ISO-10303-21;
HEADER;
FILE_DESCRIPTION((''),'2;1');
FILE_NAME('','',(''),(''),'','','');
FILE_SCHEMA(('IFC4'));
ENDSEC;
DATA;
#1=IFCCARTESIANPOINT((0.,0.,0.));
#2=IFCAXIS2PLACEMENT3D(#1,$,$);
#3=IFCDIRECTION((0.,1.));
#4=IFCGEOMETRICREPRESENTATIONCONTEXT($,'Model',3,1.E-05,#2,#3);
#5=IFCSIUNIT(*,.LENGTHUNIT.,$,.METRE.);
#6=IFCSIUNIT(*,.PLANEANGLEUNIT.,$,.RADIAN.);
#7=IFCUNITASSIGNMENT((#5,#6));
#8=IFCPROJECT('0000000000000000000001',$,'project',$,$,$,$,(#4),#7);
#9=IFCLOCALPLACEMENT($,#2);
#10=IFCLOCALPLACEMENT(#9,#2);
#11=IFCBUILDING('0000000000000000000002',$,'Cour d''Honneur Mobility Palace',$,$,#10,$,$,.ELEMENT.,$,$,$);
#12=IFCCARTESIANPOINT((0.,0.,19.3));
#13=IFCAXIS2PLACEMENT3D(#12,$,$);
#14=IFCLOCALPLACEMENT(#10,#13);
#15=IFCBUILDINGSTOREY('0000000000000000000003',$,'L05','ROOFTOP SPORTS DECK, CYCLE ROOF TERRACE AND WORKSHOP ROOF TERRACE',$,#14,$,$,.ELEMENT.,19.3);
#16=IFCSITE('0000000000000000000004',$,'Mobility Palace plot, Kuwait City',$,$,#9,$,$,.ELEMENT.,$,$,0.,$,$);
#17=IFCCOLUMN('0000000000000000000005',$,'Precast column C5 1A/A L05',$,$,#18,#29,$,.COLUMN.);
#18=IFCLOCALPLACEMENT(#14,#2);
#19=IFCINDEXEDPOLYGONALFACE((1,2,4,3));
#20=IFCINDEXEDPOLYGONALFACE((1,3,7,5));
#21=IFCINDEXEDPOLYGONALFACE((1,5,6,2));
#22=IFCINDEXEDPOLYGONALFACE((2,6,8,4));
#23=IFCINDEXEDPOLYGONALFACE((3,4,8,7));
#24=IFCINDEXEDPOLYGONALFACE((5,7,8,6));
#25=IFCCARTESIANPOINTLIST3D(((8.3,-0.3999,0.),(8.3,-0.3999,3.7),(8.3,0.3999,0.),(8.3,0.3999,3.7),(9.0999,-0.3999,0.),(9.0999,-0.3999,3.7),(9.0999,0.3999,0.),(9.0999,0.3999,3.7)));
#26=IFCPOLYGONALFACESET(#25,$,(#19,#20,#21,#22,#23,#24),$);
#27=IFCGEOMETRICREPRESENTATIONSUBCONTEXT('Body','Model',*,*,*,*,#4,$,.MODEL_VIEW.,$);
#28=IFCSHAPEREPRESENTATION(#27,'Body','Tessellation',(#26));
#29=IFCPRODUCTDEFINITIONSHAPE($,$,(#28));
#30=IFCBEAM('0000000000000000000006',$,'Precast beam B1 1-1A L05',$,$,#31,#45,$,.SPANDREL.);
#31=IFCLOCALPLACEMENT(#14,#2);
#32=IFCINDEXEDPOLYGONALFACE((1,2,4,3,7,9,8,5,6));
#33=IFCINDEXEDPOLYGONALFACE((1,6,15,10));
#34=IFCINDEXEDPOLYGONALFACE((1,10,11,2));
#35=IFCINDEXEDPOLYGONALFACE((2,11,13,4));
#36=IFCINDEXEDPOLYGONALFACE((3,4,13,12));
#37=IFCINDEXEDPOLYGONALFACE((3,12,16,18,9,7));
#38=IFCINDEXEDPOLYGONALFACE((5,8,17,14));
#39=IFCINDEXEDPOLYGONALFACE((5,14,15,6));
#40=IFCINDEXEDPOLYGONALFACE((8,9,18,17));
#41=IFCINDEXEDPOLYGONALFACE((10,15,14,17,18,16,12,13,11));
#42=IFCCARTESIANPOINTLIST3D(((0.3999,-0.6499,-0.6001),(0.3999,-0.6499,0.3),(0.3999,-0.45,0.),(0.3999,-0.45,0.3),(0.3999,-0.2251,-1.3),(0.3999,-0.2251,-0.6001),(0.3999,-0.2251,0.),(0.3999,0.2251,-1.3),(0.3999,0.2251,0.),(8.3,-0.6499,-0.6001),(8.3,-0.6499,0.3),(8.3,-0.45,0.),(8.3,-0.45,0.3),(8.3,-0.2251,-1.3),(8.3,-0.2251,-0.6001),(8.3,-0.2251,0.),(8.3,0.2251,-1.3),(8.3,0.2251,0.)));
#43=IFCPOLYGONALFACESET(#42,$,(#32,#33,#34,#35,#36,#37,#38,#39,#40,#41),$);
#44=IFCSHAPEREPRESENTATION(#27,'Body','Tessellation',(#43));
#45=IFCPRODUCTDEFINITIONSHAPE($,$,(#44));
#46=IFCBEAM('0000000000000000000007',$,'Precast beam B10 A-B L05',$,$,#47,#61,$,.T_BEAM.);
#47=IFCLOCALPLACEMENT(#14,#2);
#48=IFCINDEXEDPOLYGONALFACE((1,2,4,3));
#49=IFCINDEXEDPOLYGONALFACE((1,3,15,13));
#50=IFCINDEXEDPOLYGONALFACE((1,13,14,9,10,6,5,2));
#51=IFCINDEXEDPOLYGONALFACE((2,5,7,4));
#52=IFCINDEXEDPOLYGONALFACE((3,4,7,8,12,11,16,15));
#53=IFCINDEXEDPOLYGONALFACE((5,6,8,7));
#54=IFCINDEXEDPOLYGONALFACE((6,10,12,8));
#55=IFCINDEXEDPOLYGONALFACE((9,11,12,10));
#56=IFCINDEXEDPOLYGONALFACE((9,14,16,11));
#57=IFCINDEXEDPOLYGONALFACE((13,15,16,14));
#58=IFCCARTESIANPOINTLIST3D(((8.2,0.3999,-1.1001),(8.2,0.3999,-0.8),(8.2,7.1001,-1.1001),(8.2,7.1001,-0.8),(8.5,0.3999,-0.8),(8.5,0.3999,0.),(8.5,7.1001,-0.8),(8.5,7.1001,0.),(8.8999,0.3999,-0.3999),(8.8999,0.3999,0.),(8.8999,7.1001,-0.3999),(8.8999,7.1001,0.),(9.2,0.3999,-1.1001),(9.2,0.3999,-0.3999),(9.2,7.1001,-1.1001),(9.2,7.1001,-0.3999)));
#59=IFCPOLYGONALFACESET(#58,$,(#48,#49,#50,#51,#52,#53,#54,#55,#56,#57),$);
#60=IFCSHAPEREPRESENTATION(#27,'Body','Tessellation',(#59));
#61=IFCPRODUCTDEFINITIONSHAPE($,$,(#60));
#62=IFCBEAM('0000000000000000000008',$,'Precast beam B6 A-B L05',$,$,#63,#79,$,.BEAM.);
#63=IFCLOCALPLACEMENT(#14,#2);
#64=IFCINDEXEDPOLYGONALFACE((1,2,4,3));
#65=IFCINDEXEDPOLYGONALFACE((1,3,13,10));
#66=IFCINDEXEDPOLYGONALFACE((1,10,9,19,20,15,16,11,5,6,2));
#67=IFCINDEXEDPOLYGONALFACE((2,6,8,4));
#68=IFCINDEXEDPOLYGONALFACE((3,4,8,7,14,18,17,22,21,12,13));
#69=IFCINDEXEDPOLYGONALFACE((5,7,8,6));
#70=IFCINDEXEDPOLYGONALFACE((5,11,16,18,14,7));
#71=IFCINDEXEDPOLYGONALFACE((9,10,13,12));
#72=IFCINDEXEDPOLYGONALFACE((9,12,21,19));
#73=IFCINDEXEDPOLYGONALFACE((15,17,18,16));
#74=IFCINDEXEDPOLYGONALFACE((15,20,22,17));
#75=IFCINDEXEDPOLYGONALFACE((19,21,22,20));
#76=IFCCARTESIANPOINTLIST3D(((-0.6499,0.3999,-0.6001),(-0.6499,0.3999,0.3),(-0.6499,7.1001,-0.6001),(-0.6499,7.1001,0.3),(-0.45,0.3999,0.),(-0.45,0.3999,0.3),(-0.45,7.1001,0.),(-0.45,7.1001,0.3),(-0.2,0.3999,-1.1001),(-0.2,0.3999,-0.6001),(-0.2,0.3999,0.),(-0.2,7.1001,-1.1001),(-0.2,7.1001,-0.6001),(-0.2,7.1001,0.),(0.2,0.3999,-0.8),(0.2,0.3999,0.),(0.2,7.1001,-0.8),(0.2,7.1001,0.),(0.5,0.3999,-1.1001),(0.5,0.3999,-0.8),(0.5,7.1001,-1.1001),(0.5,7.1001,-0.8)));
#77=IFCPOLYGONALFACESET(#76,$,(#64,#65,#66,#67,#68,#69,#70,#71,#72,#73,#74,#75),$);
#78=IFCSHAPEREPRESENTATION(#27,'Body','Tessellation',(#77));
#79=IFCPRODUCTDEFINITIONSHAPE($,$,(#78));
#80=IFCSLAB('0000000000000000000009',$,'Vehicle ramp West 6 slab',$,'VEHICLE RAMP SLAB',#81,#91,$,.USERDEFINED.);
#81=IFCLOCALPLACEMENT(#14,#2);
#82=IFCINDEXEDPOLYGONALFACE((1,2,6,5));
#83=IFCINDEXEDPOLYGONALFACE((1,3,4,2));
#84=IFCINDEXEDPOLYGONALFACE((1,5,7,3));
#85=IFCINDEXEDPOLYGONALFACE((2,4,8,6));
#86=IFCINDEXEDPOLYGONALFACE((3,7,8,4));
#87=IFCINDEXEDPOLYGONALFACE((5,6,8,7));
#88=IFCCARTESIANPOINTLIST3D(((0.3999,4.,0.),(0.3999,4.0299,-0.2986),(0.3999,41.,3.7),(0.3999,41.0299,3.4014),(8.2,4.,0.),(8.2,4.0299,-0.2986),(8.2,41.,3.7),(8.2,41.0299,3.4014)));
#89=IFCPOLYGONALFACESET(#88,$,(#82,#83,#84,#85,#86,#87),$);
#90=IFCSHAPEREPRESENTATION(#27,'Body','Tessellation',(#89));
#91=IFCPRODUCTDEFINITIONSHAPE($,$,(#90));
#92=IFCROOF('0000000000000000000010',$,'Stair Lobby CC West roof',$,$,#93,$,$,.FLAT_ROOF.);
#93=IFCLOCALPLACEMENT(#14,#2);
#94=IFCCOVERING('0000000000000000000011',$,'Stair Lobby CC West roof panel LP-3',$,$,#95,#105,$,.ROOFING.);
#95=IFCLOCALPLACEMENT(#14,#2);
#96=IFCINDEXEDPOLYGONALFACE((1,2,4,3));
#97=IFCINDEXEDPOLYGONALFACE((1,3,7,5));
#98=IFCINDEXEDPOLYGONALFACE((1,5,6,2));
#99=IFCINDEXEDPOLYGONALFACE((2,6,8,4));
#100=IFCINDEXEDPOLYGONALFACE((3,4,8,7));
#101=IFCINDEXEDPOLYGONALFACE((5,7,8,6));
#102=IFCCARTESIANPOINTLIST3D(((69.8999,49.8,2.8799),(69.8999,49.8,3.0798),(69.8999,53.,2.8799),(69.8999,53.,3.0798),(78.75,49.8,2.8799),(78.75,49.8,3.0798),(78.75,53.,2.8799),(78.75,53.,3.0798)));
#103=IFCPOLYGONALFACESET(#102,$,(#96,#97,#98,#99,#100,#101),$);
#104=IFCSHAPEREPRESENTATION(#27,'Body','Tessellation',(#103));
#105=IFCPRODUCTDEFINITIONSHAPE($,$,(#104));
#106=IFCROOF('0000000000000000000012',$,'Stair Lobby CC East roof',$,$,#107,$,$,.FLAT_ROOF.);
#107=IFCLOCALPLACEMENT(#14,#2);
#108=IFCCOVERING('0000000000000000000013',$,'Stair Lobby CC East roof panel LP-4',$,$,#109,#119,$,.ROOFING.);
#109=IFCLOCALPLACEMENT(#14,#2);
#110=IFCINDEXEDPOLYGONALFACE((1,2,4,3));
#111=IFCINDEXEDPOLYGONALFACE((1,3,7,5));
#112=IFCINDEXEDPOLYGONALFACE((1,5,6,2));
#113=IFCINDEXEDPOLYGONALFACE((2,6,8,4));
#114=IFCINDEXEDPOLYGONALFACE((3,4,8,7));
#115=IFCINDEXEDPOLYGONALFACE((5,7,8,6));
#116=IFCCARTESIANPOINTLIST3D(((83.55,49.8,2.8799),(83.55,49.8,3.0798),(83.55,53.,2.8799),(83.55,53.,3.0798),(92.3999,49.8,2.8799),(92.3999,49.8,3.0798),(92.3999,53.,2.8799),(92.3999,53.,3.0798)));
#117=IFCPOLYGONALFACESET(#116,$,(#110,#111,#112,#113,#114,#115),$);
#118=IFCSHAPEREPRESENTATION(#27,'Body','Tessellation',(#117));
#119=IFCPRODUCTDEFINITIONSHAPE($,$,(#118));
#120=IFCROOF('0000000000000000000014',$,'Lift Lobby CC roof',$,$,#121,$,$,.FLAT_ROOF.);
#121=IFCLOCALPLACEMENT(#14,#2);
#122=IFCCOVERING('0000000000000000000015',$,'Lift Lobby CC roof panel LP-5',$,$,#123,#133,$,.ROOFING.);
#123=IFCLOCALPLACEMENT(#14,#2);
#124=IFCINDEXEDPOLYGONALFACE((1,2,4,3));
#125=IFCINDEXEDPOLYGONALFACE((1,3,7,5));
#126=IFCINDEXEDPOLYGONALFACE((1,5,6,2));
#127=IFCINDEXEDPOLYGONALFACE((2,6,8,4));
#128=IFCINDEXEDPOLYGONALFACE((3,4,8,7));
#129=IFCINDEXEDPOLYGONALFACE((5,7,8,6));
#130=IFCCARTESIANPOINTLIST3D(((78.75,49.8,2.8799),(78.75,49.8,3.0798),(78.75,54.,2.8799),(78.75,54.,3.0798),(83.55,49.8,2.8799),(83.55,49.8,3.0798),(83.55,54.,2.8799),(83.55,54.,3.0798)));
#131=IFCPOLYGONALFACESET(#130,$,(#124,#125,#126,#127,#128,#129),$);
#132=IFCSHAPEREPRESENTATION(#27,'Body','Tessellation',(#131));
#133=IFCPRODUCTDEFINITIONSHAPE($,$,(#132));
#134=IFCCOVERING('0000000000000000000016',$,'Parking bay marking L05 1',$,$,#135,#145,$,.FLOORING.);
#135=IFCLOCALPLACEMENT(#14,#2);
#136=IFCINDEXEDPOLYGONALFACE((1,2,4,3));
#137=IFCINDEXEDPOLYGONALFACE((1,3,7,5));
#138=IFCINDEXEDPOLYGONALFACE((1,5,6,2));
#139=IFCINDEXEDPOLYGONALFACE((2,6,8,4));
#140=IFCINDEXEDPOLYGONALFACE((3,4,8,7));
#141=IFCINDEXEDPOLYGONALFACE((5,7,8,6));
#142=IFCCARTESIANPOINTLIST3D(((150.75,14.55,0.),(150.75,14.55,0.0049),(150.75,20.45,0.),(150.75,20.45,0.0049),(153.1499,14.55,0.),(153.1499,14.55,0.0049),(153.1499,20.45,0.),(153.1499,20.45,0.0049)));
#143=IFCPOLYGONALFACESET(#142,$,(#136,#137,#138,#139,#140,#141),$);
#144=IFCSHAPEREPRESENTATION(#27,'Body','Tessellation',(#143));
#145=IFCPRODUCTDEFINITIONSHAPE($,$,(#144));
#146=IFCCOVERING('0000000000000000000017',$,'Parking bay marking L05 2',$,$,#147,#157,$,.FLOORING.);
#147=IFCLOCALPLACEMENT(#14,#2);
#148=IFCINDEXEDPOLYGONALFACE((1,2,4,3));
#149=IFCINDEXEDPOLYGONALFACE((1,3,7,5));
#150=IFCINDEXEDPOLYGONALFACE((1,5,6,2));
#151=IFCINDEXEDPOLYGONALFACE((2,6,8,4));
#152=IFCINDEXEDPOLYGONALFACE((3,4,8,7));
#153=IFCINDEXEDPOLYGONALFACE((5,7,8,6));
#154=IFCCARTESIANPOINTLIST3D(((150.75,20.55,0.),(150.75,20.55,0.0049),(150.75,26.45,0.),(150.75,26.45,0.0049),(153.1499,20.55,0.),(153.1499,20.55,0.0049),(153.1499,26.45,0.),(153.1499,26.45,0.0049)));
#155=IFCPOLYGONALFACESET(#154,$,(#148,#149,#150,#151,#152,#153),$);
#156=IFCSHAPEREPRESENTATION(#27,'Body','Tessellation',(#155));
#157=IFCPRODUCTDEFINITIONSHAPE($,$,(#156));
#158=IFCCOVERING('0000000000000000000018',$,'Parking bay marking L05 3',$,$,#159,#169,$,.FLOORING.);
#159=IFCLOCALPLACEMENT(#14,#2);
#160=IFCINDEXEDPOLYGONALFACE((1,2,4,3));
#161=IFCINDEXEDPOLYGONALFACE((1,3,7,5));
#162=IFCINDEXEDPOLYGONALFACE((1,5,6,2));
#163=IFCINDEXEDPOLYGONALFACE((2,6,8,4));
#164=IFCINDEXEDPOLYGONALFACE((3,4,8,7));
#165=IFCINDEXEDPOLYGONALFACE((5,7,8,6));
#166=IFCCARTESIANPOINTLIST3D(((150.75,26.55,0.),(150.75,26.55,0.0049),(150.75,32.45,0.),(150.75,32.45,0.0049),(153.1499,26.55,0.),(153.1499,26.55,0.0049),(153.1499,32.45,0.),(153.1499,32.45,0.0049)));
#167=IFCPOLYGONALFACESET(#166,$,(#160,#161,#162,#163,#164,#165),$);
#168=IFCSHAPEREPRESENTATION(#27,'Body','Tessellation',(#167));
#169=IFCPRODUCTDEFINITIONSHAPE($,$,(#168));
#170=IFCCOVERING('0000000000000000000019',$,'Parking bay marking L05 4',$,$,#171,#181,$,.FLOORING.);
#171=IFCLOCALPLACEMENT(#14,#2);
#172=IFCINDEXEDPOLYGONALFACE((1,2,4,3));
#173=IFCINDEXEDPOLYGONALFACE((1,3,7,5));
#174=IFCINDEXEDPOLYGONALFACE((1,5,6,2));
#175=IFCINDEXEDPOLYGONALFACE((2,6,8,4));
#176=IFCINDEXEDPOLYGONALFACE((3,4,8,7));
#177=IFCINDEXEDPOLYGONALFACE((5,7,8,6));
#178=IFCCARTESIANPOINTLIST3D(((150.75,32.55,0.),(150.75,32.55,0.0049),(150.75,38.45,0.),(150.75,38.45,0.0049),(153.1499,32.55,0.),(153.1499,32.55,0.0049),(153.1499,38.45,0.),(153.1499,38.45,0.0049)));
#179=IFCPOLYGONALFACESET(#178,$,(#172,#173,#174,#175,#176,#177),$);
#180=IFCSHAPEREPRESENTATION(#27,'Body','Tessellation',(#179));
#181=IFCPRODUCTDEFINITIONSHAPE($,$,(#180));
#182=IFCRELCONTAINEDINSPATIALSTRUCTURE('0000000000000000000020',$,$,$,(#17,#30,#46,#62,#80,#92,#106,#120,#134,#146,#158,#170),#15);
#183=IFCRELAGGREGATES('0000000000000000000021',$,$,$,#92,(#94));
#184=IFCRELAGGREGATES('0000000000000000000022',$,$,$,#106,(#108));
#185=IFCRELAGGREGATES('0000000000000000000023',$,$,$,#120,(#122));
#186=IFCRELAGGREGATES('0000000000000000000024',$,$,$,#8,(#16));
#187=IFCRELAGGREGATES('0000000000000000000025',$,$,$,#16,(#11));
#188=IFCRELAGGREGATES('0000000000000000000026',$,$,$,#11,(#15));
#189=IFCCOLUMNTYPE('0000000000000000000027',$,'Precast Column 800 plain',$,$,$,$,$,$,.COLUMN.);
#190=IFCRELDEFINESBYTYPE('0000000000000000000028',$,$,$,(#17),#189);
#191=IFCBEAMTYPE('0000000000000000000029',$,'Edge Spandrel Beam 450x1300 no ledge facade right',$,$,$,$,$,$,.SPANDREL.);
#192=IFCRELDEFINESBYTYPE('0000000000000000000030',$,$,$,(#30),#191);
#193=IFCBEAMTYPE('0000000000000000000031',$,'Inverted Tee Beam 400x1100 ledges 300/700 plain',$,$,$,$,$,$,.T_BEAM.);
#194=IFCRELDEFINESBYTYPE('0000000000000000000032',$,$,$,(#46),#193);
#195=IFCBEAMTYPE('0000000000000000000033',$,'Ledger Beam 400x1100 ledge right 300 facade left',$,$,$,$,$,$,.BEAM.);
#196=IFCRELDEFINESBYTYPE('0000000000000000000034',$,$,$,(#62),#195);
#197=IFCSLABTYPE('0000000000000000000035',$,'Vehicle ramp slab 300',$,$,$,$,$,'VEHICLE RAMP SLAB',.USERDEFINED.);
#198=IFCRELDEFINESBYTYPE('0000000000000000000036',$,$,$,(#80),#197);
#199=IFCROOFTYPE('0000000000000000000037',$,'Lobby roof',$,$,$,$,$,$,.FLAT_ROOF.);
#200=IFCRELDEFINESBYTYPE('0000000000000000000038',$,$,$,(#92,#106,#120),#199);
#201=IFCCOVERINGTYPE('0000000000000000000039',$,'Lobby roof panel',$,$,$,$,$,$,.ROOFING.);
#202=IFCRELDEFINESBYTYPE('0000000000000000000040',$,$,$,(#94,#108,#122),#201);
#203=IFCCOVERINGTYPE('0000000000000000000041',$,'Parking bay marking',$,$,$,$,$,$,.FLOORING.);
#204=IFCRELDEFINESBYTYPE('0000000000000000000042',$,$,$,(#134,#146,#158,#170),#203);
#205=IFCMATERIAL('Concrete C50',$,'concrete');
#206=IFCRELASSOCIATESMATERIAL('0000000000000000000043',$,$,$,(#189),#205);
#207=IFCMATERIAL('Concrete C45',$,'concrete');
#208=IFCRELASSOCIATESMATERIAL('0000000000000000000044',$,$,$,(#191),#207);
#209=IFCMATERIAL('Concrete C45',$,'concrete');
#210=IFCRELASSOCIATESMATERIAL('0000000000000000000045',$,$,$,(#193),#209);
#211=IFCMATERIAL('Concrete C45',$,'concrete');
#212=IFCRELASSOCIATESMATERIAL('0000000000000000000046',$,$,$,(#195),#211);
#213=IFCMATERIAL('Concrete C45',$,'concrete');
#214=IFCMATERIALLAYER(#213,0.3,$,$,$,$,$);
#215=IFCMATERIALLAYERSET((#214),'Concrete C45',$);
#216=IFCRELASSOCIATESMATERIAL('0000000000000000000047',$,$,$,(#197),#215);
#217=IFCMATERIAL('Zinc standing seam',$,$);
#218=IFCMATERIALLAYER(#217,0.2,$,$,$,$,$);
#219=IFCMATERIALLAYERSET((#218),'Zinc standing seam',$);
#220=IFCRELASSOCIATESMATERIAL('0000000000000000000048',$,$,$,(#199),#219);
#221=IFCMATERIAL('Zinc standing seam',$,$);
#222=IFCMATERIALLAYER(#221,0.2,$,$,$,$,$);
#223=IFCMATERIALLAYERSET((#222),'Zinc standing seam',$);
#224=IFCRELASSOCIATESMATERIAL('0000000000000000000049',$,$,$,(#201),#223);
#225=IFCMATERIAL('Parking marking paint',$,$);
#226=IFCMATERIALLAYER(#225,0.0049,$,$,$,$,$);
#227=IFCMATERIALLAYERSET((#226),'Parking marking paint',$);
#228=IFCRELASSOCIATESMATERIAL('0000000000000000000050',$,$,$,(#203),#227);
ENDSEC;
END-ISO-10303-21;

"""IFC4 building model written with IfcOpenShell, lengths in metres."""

from ifc_helpers import new_model, si_unit, direction, frame, origin, place, context, subcontext, project, spatial, polyline, outline, extrude, material, layer, layer_set, material_profile, profile_set, type_object, element, aggregate, save


model = new_model("IFC4")

# Units and contexts
model_context = context("Model", 3, precision=1e-05, world=origin(), true_north=direction((0.0, 1.0)))
body_context = subcontext(model_context, "Body", "Model", "MODEL_VIEW")
ifc_project = project(units=[si_unit("LENGTHUNIT", "METRE"), si_unit("PLANEANGLEUNIT", "RADIAN")], contexts=[model_context])

# Site, building, storey
site_placement = place(None, origin())
site = spatial("IfcSite", under=ifc_project, at=site_placement, Name="Mobility Palace plot, Kuwait City", CompositionType="ELEMENT", RefElevation=0.0)
building_placement = place(site_placement, origin())
building = spatial("IfcBuilding", under=site, at=building_placement, Name="Cour d'Honneur Mobility Palace", CompositionType="ELEMENT")
storey_placement = place(building_placement, frame((0.0, 0.0, 19.3)))
storey = spatial("IfcBuildingStorey", under=building, at=storey_placement, Name="L05", Description="ROOFTOP SPORTS DECK, CYCLE ROOF TERRACE AND WORKSHOP ROOF TERRACE", CompositionType="ELEMENT", Elevation=19.3)

# Column
ifc_material_1 = material(Name="Concrete C50", Category="concrete")
ifc_material_profile_1 = material_profile(ifc_material_1, outline(polyline([(-0.3999, -0.3999), (0.3999, -0.3999), (0.3999, 0.3999), (-0.3999, 0.3999), (-0.3999, -0.3999)])), Name="PC C800 plain")
ifc_profile_set_1 = profile_set([ifc_material_profile_1], Name="Concrete C50")
column_type = type_object("IfcColumnType", Name="Precast Column 800 plain", PredefinedType="COLUMN", material=ifc_profile_set_1)
column_placement = place(storey_placement, frame((8.7, 0.0, 0.0), z_axis=(0.0, 0.0, 1.0), x_axis=(1.0, 0.0, 0.0)))
element("IfcColumn", 1, at=column_placement, inside=storey, type_object=column_type, Name="Precast column C5 1A/A L05", PredefinedType="COLUMN", context=body_context, shape_type="SweptSolid", body=[
    extrude(outline(polyline([(-0.3999, -0.3999), (0.3999, -0.3999), (0.3999, 0.3999), (-0.3999, 0.3999), (-0.3999, -0.3999)])), origin(), (0.0, 0.0, 1.0), 3.7),
])

# Beams
ifc_material_2 = material(Name="Concrete C45", Category="concrete")
ifc_material_profile_2 = material_profile(ifc_material_2, outline(polyline([(0.2251, -1.3), (0.2251, 0.0), (-0.2251, 0.0), (-0.45, 0.0), (-0.45, 0.3), (-0.6499, 0.3), (-0.6499, -0.6001), (-0.2251, -0.6001), (-0.2251, -1.3), (0.2251, -1.3)])), Name="Edge Spandrel Beam 450x1300 no ledge facade right")
ifc_profile_set_2 = profile_set([ifc_material_profile_2], Name="Concrete C45")
beam_type_1 = type_object("IfcBeamType", Name="Edge Spandrel Beam 450x1300 no ledge facade right", PredefinedType="SPANDREL", material=ifc_profile_set_2)
beam_1_placement = place(storey_placement, frame((0.3999, 0.0, 0.0), z_axis=(1.0, 0.0, 0.0), x_axis=(0.0, 1.0, 0.0)))
element("IfcBeam", 2, at=beam_1_placement, inside=storey, type_object=beam_type_1, Name="Precast beam B1 1-1A L05", PredefinedType="SPANDREL", context=body_context, shape_type="SweptSolid", body=[
    extrude(outline(polyline([(0.2251, -1.3), (0.2251, 0.0), (-0.2251, 0.0), (-0.45, 0.0), (-0.45, 0.3), (-0.6499, 0.3), (-0.6499, -0.6001), (-0.2251, -0.6001), (-0.2251, -1.3), (0.2251, -1.3)])), origin(), (0.0, 0.0, 1.0), 7.9001),
])
ifc_material_3 = material(Name="Concrete C45", Category="concrete")
ifc_material_profile_3 = material_profile(ifc_material_3, outline(polyline([(0.5, -1.1001), (0.5, -0.8), (0.2, -0.8), (0.2, 0.0), (-0.2, 0.0), (-0.2, -0.3999), (-0.5, -0.3999), (-0.5, -1.1001), (0.5, -1.1001)])), Name="Inverted Tee Beam 400x1100 ledges 300/700 plain")
ifc_profile_set_3 = profile_set([ifc_material_profile_3], Name="Concrete C45")
beam_type_2 = type_object("IfcBeamType", Name="Inverted Tee Beam 400x1100 ledges 300/700 plain", PredefinedType="T_BEAM", material=ifc_profile_set_3)
beam_2_placement = place(storey_placement, frame((8.7, 0.3999, 0.0), z_axis=(0.0, 1.0, 0.0), x_axis=(-1.0, 0.0, 0.0)))
element("IfcBeam", 3, at=beam_2_placement, inside=storey, type_object=beam_type_2, Name="Precast beam B10 A-B L05", PredefinedType="T_BEAM", context=body_context, shape_type="SweptSolid", body=[
    extrude(outline(polyline([(0.5, -1.1001), (0.5, -0.8), (0.2, -0.8), (0.2, 0.0), (-0.2, 0.0), (-0.2, -0.3999), (-0.5, -0.3999), (-0.5, -1.1001), (0.5, -1.1001)])), origin(), (0.0, 0.0, 1.0), 6.7002),
])
ifc_material_4 = material(Name="Concrete C45", Category="concrete")
ifc_material_profile_4 = material_profile(ifc_material_4, outline(polyline([(0.2, -1.1001), (0.2, -0.6001), (0.6499, -0.6001), (0.6499, 0.3), (0.45, 0.3), (0.45, 0.0), (0.2, 0.0), (-0.2, 0.0), (-0.2, -0.8), (-0.5, -0.8), (-0.5, -1.1001), (0.2, -1.1001)])), Name="Ledger Beam 400x1100 ledge right 300 facade left")
ifc_profile_set_4 = profile_set([ifc_material_profile_4], Name="Concrete C45")
beam_type_3 = type_object("IfcBeamType", Name="Ledger Beam 400x1100 ledge right 300 facade left", PredefinedType="BEAM", material=ifc_profile_set_4)
beam_3_placement = place(storey_placement, frame((0.0, 0.3999, 0.0), z_axis=(0.0, 1.0, 0.0), x_axis=(-1.0, 0.0, 0.0)))
element("IfcBeam", 4, at=beam_3_placement, inside=storey, type_object=beam_type_3, Name="Precast beam B6 A-B L05", PredefinedType="BEAM", context=body_context, shape_type="SweptSolid", body=[
    extrude(outline(polyline([(0.2, -1.1001), (0.2, -0.6001), (0.6499, -0.6001), (0.6499, 0.3), (0.45, 0.3), (0.45, 0.0), (0.2, 0.0), (-0.2, 0.0), (-0.2, -0.8), (-0.5, -0.8), (-0.5, -1.1001), (0.2, -1.1001)])), origin(), (0.0, 0.0, 1.0), 6.7002),
])

# Slab
ifc_material_5 = material(Name="Concrete C45", Category="concrete")
ifc_layer_1 = layer(ifc_material_5, 0.3)
ifc_layer_set_1 = layer_set([ifc_layer_1], Name="Concrete C45")
slab_type = type_object("IfcSlabType", Name="Vehicle ramp slab 300", ElementType="VEHICLE RAMP SLAB", PredefinedType="USERDEFINED", material=ifc_layer_set_1)
slab_placement = place(storey_placement, frame((0.3999, 4.0, 0.0), z_axis=(0.0, -0.099502, 0.995037), x_axis=(1.0, 0.0, 0.0)))
element("IfcSlab", 5, at=slab_placement, inside=storey, type_object=slab_type, Name="Vehicle ramp West 6 slab", ObjectType="VEHICLE RAMP SLAB", PredefinedType="USERDEFINED", context=body_context, shape_type="SweptSolid", body=[
    extrude(outline(polyline([(0.0, 0.0), (7.8, 0.0), (7.8, 37.1845), (0.0, 37.1845), (0.0, 0.0)])), origin(), (0.0, 0.0, -1.0), 0.3),
])

# Roofs, coverings
ifc_material_6 = material(Name="Zinc standing seam")
ifc_layer_2 = layer(ifc_material_6, 0.2)
ifc_layer_set_2 = layer_set([ifc_layer_2], Name="Zinc standing seam")
roof_type = type_object("IfcRoofType", Name="Lobby roof", PredefinedType="FLAT_ROOF", material=ifc_layer_set_2)
roof_1_placement = place(storey_placement, origin())
roof_1 = element("IfcRoof", 6, at=roof_1_placement, inside=storey, type_object=roof_type, Name="Stair Lobby CC West roof", PredefinedType="FLAT_ROOF")
ifc_material_7 = material(Name="Zinc standing seam")
ifc_layer_3 = layer(ifc_material_7, 0.2)
ifc_layer_set_3 = layer_set([ifc_layer_3], Name="Zinc standing seam")
covering_type_1 = type_object("IfcCoveringType", Name="Lobby roof panel", PredefinedType="ROOFING", material=ifc_layer_set_3)
covering_1_placement = place(storey_placement, frame((0.0, 0.0, 2.8799)))
covering_1 = element("IfcCovering", 7, at=covering_1_placement, type_object=covering_type_1, Name="Stair Lobby CC West roof panel LP-3", PredefinedType="ROOFING", context=body_context, shape_type="SweptSolid", body=[
    extrude(outline(polyline([(78.75, 49.8), (78.75, 53.0), (69.8999, 53.0), (69.8999, 49.8), (78.75, 49.8)])), origin(), (0.0, 0.0, 1.0), 0.2),
])
aggregate(roof_1, [covering_1])
roof_2_placement = place(storey_placement, origin())
roof_2 = element("IfcRoof", 8, at=roof_2_placement, inside=storey, type_object=roof_type, Name="Stair Lobby CC East roof", PredefinedType="FLAT_ROOF")
covering_2_placement = place(storey_placement, frame((0.0, 0.0, 2.8799)))
covering_2 = element("IfcCovering", 9, at=covering_2_placement, type_object=covering_type_1, Name="Stair Lobby CC East roof panel LP-4", PredefinedType="ROOFING", context=body_context, shape_type="SweptSolid", body=[
    extrude(outline(polyline([(92.3999, 49.8), (92.3999, 53.0), (83.55, 53.0), (83.55, 49.8), (92.3999, 49.8)])), origin(), (0.0, 0.0, 1.0), 0.2),
])
aggregate(roof_2, [covering_2])
roof_3_placement = place(storey_placement, origin())
roof_3 = element("IfcRoof", 10, at=roof_3_placement, inside=storey, type_object=roof_type, Name="Lift Lobby CC roof", PredefinedType="FLAT_ROOF")
covering_3_placement = place(storey_placement, frame((0.0, 0.0, 2.8799)))
covering_3 = element("IfcCovering", 11, at=covering_3_placement, type_object=covering_type_1, Name="Lift Lobby CC roof panel LP-5", PredefinedType="ROOFING", context=body_context, shape_type="SweptSolid", body=[
    extrude(outline(polyline([(83.55, 49.8), (83.55, 54.0), (78.75, 54.0), (78.75, 49.8), (83.55, 49.8)])), origin(), (0.0, 0.0, 1.0), 0.2),
])
aggregate(roof_3, [covering_3])

# Coverings
ifc_material_8 = material(Name="Parking marking paint")
ifc_layer_4 = layer(ifc_material_8, 0.0049)
ifc_layer_set_4 = layer_set([ifc_layer_4], Name="Parking marking paint")
covering_type_2 = type_object("IfcCoveringType", Name="Parking bay marking", PredefinedType="FLOORING", material=ifc_layer_set_4)
covering_4_placement = place(storey_placement, origin())
element("IfcCovering", 12, at=covering_4_placement, inside=storey, type_object=covering_type_2, Name="Parking bay marking L05 1", PredefinedType="FLOORING", context=body_context, shape_type="SweptSolid", body=[
    extrude(outline(polyline([(153.1499, 14.55), (150.75, 14.55), (150.75, 20.45), (153.1499, 20.45), (153.1499, 14.55)])), origin(), (0.0, 0.0, 1.0), 0.0049),
])
covering_5_placement = place(storey_placement, origin())
element("IfcCovering", 13, at=covering_5_placement, inside=storey, type_object=covering_type_2, Name="Parking bay marking L05 2", PredefinedType="FLOORING", context=body_context, shape_type="SweptSolid", body=[
    extrude(outline(polyline([(153.1499, 20.55), (150.75, 20.55), (150.75, 26.45), (153.1499, 26.45), (153.1499, 20.55)])), origin(), (0.0, 0.0, 1.0), 0.0049),
])
covering_6_placement = place(storey_placement, origin())
element("IfcCovering", 14, at=covering_6_placement, inside=storey, type_object=covering_type_2, Name="Parking bay marking L05 3", PredefinedType="FLOORING", context=body_context, shape_type="SweptSolid", body=[
    extrude(outline(polyline([(153.1499, 26.55), (150.75, 26.55), (150.75, 32.45), (153.1499, 32.45), (153.1499, 26.55)])), origin(), (0.0, 0.0, 1.0), 0.0049),
])
covering_7_placement = place(storey_placement, origin())
element("IfcCovering", 15, at=covering_7_placement, inside=storey, type_object=covering_type_2, Name="Parking bay marking L05 4", PredefinedType="FLOORING", context=body_context, shape_type="SweptSolid", body=[
    extrude(outline(polyline([(153.1499, 32.55), (150.75, 32.55), (150.75, 38.45), (153.1499, 38.45), (153.1499, 32.55)])), origin(), (0.0, 0.0, 1.0), 0.0049),
])

save(model, "model.ifc")
